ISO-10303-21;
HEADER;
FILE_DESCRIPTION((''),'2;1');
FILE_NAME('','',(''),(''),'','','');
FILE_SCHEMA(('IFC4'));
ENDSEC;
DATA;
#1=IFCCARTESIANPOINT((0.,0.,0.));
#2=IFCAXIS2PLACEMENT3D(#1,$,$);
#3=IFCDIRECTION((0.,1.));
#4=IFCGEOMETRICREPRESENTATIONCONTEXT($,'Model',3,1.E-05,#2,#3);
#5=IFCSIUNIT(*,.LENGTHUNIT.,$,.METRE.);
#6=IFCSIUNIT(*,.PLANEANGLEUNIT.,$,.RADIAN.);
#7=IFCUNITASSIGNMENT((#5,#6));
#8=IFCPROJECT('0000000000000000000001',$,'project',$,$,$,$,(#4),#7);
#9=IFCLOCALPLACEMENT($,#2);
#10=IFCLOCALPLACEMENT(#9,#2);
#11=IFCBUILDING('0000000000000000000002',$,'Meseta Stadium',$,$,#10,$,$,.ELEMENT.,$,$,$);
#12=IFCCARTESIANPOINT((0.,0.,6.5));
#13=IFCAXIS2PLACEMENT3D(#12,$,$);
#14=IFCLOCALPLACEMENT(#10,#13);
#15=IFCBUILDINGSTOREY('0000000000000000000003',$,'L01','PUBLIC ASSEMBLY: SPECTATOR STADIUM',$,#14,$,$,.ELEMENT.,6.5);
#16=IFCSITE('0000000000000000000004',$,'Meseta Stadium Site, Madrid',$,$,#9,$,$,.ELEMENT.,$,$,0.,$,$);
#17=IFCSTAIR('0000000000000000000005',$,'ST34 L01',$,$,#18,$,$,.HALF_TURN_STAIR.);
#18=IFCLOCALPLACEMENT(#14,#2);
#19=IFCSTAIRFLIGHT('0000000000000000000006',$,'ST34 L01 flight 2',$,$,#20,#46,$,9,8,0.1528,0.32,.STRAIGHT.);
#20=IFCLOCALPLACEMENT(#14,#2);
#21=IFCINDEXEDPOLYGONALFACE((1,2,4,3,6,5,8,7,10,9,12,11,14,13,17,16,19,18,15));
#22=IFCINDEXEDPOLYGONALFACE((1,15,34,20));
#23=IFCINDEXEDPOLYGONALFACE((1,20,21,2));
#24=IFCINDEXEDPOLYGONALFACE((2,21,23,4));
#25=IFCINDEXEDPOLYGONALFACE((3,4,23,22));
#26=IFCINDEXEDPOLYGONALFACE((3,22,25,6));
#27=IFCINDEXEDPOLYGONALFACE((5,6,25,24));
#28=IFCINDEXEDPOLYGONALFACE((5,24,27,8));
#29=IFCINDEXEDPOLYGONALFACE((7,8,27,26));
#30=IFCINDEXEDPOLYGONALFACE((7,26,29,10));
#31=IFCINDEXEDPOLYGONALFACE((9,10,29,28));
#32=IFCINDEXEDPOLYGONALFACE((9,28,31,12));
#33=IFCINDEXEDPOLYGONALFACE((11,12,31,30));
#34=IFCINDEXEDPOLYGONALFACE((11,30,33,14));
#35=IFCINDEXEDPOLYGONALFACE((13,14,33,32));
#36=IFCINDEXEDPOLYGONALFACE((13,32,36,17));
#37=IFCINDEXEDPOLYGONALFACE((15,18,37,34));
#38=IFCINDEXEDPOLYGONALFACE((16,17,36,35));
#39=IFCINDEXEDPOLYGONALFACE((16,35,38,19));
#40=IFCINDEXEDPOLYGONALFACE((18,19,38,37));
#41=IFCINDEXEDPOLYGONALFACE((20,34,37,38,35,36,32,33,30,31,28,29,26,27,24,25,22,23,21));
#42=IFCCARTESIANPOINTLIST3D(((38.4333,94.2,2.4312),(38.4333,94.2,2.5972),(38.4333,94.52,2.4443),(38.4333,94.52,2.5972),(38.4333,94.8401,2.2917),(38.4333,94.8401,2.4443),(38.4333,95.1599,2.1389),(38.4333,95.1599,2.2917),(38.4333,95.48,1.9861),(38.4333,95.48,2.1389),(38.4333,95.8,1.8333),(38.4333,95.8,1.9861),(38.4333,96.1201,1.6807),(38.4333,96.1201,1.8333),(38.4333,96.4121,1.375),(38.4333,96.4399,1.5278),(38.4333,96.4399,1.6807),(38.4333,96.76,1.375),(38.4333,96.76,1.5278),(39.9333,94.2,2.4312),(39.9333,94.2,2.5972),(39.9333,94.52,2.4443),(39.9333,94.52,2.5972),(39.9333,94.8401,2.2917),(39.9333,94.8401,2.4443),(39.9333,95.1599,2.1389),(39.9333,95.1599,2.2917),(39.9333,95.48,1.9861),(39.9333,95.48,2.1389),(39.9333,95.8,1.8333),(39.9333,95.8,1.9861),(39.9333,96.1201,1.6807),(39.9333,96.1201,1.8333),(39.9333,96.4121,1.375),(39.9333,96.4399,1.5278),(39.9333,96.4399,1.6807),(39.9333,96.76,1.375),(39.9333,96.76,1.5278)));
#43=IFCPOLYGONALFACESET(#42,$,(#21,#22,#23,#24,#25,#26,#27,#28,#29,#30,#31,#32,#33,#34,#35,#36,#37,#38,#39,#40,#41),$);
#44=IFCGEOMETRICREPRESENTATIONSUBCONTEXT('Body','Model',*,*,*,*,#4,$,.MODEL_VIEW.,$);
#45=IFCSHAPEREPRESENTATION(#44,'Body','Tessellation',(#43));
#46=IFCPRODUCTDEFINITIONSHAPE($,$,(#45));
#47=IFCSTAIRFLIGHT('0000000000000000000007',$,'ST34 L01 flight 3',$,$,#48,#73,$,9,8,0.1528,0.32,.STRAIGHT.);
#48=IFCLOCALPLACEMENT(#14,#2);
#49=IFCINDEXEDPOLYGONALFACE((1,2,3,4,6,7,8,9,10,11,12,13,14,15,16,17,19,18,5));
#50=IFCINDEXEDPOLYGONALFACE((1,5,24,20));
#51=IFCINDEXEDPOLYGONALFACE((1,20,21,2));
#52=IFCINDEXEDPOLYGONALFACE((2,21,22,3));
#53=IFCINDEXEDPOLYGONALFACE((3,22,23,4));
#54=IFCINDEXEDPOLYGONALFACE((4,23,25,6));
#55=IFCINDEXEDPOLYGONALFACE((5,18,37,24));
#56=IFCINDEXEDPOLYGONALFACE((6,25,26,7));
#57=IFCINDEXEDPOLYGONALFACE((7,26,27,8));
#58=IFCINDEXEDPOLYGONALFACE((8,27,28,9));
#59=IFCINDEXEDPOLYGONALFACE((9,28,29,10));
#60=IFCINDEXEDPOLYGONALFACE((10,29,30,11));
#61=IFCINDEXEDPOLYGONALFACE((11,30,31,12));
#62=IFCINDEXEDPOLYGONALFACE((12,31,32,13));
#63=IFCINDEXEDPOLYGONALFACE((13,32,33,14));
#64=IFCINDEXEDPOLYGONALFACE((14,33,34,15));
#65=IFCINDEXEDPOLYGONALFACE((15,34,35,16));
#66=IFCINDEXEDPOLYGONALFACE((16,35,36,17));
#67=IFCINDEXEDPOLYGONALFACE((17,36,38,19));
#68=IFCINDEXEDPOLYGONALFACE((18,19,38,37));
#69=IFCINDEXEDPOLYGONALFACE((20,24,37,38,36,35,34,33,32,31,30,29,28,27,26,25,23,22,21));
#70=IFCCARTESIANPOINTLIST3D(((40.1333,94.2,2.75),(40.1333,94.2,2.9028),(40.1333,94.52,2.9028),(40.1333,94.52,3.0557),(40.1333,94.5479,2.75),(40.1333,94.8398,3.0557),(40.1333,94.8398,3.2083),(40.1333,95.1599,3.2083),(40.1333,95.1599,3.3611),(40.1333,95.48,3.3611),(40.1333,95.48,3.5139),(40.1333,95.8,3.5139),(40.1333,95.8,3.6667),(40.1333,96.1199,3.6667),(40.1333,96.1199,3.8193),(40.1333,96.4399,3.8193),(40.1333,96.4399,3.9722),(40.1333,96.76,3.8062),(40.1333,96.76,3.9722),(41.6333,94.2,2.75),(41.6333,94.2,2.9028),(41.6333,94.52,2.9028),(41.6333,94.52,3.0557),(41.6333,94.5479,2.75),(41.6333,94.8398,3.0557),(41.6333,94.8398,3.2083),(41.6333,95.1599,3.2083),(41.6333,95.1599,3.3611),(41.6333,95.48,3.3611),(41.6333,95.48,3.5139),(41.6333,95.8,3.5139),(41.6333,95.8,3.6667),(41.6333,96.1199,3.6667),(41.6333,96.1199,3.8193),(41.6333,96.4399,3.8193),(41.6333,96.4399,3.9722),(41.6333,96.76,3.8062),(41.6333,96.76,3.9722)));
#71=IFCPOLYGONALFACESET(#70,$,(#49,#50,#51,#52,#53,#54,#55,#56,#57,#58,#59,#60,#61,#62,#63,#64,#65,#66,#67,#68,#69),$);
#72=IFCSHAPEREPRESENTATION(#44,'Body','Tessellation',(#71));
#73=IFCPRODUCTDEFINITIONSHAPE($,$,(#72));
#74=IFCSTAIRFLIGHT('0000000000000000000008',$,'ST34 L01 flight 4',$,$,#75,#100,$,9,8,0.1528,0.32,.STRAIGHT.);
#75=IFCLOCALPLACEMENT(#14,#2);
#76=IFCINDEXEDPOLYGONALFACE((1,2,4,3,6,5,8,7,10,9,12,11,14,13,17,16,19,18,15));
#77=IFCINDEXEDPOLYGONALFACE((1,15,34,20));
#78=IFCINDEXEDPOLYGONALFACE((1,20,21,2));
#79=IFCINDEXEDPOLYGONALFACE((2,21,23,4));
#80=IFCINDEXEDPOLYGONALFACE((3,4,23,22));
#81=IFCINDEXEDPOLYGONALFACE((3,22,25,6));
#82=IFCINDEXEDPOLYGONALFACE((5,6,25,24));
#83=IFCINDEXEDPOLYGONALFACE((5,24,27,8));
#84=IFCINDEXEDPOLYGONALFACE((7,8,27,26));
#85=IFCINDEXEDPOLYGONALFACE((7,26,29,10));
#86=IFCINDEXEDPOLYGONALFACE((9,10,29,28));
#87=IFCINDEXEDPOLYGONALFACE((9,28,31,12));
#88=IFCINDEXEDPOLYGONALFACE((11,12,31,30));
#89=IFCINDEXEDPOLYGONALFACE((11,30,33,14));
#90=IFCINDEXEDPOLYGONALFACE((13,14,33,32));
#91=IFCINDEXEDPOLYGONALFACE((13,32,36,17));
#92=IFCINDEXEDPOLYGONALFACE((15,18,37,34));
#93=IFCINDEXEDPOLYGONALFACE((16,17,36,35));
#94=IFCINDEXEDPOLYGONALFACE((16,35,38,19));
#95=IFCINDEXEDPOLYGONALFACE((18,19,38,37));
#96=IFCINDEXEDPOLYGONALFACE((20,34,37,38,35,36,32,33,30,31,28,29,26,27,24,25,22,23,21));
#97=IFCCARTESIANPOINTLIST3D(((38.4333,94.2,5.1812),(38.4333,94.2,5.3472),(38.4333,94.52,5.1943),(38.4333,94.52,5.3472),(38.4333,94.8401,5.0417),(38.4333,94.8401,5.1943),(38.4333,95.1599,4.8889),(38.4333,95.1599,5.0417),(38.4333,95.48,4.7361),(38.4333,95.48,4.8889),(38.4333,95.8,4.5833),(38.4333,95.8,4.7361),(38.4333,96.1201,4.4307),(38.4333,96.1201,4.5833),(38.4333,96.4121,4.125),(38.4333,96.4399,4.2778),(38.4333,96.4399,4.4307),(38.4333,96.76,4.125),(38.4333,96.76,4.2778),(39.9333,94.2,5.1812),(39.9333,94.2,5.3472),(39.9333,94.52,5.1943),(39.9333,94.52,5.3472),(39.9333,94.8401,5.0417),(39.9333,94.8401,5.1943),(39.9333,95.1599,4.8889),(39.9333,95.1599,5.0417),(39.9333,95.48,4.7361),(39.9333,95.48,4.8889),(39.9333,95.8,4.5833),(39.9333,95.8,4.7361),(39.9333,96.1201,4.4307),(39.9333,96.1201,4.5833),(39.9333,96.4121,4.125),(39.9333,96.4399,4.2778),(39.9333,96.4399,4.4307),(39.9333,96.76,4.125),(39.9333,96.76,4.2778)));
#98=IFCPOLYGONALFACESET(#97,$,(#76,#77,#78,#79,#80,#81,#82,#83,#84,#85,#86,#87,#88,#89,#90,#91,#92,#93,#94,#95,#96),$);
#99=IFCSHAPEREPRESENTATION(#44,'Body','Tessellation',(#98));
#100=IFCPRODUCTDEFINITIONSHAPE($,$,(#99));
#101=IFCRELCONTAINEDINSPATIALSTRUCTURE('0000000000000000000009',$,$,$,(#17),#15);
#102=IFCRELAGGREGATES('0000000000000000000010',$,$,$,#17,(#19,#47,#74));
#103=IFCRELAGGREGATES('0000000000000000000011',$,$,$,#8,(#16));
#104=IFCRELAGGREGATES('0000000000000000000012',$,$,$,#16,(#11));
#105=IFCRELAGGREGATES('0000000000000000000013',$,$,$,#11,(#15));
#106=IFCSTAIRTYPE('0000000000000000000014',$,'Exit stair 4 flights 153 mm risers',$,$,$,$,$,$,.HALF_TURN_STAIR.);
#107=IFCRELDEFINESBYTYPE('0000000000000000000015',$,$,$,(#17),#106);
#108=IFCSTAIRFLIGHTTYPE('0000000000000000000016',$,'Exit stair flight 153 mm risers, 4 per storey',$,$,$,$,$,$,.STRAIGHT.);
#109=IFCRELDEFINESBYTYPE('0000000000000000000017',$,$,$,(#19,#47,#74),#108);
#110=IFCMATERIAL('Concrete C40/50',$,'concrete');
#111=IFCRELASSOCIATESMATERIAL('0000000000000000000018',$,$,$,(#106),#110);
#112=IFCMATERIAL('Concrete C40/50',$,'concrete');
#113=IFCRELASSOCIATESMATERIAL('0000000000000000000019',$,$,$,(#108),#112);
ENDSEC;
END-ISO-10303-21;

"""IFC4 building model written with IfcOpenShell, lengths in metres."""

from ifc_helpers import new_model, si_unit, direction, frame, origin, place, context, subcontext, project, spatial, polyline, outline, extrude, material, type_object, element, aggregate, save


model = new_model("IFC4")

# Units and contexts
model_context = context("Model", 3, precision=1e-05, world=origin(), true_north=direction((0.0, 1.0)))
body_context = subcontext(model_context, "Body", "Model", "MODEL_VIEW")
ifc_project = project(units=[si_unit("LENGTHUNIT", "METRE"), si_unit("PLANEANGLEUNIT", "RADIAN")], contexts=[model_context])

# Site, building, storey
site_placement = place(None, origin())
site = spatial("IfcSite", under=ifc_project, at=site_placement, Name="Meseta Stadium Site, Madrid", CompositionType="ELEMENT", RefElevation=0.0)
building_placement = place(site_placement, origin())
building = spatial("IfcBuilding", under=site, at=building_placement, Name="Meseta Stadium", CompositionType="ELEMENT")
storey_placement = place(building_placement, frame((0.0, 0.0, 6.5)))
storey = spatial("IfcBuildingStorey", under=building, at=storey_placement, Name="L01", Description="PUBLIC ASSEMBLY: SPECTATOR STADIUM", CompositionType="ELEMENT", Elevation=6.5)

# Stair, stair flights
ifc_material_1 = material(Name="Concrete C40/50", Category="concrete")
stair_type = type_object("IfcStairType", Name="Exit stair 4 flights 153 mm risers", PredefinedType="HALF_TURN_STAIR", material=ifc_material_1)
ifc_material_2 = material(Name="Concrete C40/50", Category="concrete")
stair_flight_type = type_object("IfcStairFlightType", Name="Exit stair flight 153 mm risers, 4 per storey", PredefinedType="STRAIGHT", material=ifc_material_2)
stair_1_placement = place(storey_placement, origin())
stair_1 = element("IfcStair", 1, at=stair_1_placement, inside=storey, type_object=stair_type, Name="ST34 L01", PredefinedType="HALF_TURN_STAIR")
stair_flight_1_placement = place(storey_placement, frame((39.1833, 96.76, 1.375), z_axis=(0.0, 0.0, 1.0), x_axis=(0.0, -1.0, 0.0)))
stair_flight_1 = element("IfcStairFlight", 2, at=stair_flight_1_placement, type_object=stair_flight_type, Name="ST34 L01 flight 2", NumberOfRisers=9, NumberOfTreads=8, PredefinedType="STRAIGHT", RiserHeight=0.1528, TreadLength=0.32, context=body_context, shape_type="SweptSolid", body=[
    extrude(outline(polyline([(0.0, 0.0), (0.0, 0.1528), (0.3201, 0.1528), (0.3201, 0.3057), (0.6399, 0.3057), (0.6399, 0.4583), (0.96, 0.4583), (0.96, 0.6111), (1.28, 0.6111), (1.28, 0.7639), (1.6001, 0.7639), (1.6001, 0.9167), (1.9199, 0.9167), (1.9199, 1.0693), (2.24, 1.0693), (2.24, 1.2222), (2.5601, 1.2222), (2.5601, 1.0562), (0.3479, 0.0), (0.0, 0.0)])), frame((0.0, 0.75, 0.0), z_axis=(0.0, -1.0, 0.0), x_axis=(1.0, 0.0, 0.0)), (0.0, 0.0, 1.0), 1.5),
])
stair_flight_2_placement = place(storey_placement, frame((40.8833, 94.2, 2.75), z_axis=(0.0, 0.0, 1.0), x_axis=(0.0, 1.0, 0.0)))
stair_flight_2 = element("IfcStairFlight", 3, at=stair_flight_2_placement, type_object=stair_flight_type, Name="ST34 L01 flight 3", NumberOfRisers=9, NumberOfTreads=8, PredefinedType="STRAIGHT", RiserHeight=0.1528, TreadLength=0.32, context=body_context, shape_type="SweptSolid", body=[
    extrude(outline(polyline([(0.0, 0.0), (0.0, 0.1528), (0.3201, 0.1528), (0.3201, 0.3057), (0.6399, 0.3057), (0.6399, 0.4583), (0.96, 0.4583), (0.96, 0.6111), (1.28, 0.6111), (1.28, 0.7639), (1.6001, 0.7639), (1.6001, 0.9167), (1.9199, 0.9167), (1.9199, 1.0693), (2.24, 1.0693), (2.24, 1.2222), (2.5601, 1.2222), (2.5601, 1.0562), (0.3479, 0.0), (0.0, 0.0)])), frame((0.0, 0.75, 0.0), z_axis=(0.0, -1.0, 0.0), x_axis=(1.0, 0.0, 0.0)), (0.0, 0.0, 1.0), 1.5),
])
stair_flight_3_placement = place(storey_placement, frame((39.1833, 96.76, 4.125), z_axis=(0.0, 0.0, 1.0), x_axis=(0.0, -1.0, 0.0)))
stair_flight_3 = element("IfcStairFlight", 4, at=stair_flight_3_placement, type_object=stair_flight_type, Name="ST34 L01 flight 4", NumberOfRisers=9, NumberOfTreads=8, PredefinedType="STRAIGHT", RiserHeight=0.1528, TreadLength=0.32, context=body_context, shape_type="SweptSolid", body=[
    extrude(outline(polyline([(0.0, 0.0), (0.0, 0.1528), (0.3201, 0.1528), (0.3201, 0.3057), (0.6399, 0.3057), (0.6399, 0.4583), (0.96, 0.4583), (0.96, 0.6111), (1.28, 0.6111), (1.28, 0.7639), (1.6001, 0.7639), (1.6001, 0.9167), (1.9199, 0.9167), (1.9199, 1.0693), (2.24, 1.0693), (2.24, 1.2222), (2.5601, 1.2222), (2.5601, 1.0562), (0.3479, 0.0), (0.0, 0.0)])), frame((0.0, 0.75, 0.0), z_axis=(0.0, -1.0, 0.0), x_axis=(1.0, 0.0, 0.0)), (0.0, 0.0, 1.0), 1.5),
])
aggregate(stair_1, [stair_flight_1, stair_flight_2, stair_flight_3])

save(model, "model.ifc")
